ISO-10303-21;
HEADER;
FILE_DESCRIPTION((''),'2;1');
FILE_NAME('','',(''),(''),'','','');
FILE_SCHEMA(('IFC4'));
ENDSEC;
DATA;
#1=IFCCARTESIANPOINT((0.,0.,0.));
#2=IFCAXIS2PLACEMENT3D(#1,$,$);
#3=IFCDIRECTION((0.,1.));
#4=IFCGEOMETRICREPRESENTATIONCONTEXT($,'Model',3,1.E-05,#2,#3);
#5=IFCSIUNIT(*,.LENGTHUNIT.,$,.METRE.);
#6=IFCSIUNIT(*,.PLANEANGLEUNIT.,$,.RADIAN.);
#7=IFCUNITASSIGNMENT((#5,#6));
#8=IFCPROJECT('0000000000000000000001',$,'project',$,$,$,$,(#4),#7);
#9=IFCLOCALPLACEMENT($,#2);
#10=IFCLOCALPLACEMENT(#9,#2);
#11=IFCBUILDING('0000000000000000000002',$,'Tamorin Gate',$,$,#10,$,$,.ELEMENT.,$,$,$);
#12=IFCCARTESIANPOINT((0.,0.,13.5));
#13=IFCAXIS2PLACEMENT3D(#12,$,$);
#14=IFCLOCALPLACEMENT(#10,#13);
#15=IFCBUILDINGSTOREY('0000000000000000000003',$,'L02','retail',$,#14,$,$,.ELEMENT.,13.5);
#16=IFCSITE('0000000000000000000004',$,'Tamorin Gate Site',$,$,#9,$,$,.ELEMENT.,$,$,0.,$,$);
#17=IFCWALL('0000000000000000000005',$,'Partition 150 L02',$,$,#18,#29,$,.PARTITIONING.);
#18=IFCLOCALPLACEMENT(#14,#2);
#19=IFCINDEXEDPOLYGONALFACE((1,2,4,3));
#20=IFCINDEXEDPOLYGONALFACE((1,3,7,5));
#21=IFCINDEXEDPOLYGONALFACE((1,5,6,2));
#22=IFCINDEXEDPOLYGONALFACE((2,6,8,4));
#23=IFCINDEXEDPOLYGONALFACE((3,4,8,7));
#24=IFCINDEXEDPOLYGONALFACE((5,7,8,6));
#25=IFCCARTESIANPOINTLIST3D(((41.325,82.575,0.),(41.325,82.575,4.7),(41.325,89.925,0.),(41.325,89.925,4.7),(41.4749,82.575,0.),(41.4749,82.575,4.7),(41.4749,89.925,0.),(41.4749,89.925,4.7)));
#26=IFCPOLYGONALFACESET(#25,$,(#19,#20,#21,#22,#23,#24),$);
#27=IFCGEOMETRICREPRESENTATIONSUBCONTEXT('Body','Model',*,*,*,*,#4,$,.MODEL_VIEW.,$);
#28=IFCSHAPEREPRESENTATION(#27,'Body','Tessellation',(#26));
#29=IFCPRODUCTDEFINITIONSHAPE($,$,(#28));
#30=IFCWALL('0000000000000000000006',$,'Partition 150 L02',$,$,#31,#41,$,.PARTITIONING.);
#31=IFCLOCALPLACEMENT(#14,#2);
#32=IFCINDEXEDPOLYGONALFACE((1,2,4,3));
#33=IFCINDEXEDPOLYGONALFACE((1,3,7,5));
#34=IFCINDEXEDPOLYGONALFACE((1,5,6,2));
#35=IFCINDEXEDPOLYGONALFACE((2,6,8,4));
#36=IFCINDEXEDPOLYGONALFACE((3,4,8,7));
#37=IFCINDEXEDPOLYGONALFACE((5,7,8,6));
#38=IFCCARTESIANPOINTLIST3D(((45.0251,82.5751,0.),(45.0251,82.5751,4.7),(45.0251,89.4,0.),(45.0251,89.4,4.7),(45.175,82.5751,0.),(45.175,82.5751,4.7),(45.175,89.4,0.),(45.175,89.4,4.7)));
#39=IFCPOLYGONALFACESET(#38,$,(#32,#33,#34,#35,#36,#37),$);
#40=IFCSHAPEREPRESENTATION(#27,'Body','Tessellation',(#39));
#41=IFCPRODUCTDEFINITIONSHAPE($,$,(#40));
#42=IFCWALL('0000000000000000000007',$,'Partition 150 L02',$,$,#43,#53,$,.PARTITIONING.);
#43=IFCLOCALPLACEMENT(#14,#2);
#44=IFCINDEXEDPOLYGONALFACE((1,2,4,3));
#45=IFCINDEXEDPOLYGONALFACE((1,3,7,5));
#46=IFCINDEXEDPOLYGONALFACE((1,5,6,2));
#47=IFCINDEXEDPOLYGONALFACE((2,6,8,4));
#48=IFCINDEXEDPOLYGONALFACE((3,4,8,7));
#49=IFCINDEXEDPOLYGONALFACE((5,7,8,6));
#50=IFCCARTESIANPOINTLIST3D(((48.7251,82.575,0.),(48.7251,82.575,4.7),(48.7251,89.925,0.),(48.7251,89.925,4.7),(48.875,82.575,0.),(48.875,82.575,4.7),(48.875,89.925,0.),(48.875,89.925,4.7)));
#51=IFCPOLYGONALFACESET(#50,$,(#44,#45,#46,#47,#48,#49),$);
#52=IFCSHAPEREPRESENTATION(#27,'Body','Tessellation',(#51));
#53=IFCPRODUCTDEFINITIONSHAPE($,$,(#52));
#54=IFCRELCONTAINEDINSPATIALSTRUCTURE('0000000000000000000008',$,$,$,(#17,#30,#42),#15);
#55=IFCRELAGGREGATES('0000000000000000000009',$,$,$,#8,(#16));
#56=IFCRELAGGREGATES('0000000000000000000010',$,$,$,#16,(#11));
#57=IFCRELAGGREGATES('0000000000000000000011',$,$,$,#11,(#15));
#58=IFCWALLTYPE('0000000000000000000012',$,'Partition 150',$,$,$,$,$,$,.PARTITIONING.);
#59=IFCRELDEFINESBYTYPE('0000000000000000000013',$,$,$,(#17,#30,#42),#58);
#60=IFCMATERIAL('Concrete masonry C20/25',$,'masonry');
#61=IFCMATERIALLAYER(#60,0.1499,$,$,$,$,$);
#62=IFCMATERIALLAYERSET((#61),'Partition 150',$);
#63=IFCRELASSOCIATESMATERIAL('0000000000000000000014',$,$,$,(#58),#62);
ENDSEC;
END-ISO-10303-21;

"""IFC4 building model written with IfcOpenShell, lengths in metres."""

from ifc_helpers import new_model, si_unit, direction, frame, frame_2d, origin, place, context, subcontext, project, spatial, rectangle, extrude, material, layer, layer_set, type_object, element, save


model = new_model("IFC4")

# Units and contexts
model_context = context("Model", 3, precision=1e-05, world=origin(), true_north=direction((0.0, 1.0)))
body_context = subcontext(model_context, "Body", "Model", "MODEL_VIEW")
ifc_project = project(units=[si_unit("LENGTHUNIT", "METRE"), si_unit("PLANEANGLEUNIT", "RADIAN")], contexts=[model_context])

# Site, building, storey
site_placement = place(None, origin())
site = spatial("IfcSite", under=ifc_project, at=site_placement, Name="Tamorin Gate Site", CompositionType="ELEMENT", RefElevation=0.0)
building_placement = place(site_placement, origin())
building = spatial("IfcBuilding", under=site, at=building_placement, Name="Tamorin Gate", CompositionType="ELEMENT")
storey_placement = place(building_placement, frame((0.0, 0.0, 13.5)))
storey = spatial("IfcBuildingStorey", under=building, at=storey_placement, Name="L02", Description="retail", CompositionType="ELEMENT", Elevation=13.5)

# Shared definitions
ifc_material_1 = material(Name="Concrete masonry C20/25", Category="masonry")
ifc_layer_1 = layer(ifc_material_1, 0.1499)
ifc_layer_set_1 = layer_set([ifc_layer_1], Name="Partition 150")
wall_type_1 = type_object("IfcWallType", Name="Partition 150", PredefinedType="PARTITIONING", material=ifc_layer_set_1)

# Walls
wall_1_placement = place(storey_placement, frame((41.3999, 82.575, 0.0), z_axis=(0.0, 0.0, 1.0), x_axis=(0.0, 1.0, 0.0)))
element("IfcWall", 1, at=wall_1_placement, inside=storey, type_object=wall_type_1, Name="Partition 150 L02", PredefinedType="PARTITIONING", context=body_context, shape_type="SweptSolid", body=[
    extrude(rectangle(XDim=7.3501, YDim=0.1499, at=frame_2d((3.675, 0.0))), origin(), (0.0, 0.0, 1.0), 4.7),
])
wall_2_placement = place(storey_placement, frame((45.1001, 82.575, 0.0), z_axis=(0.0, 0.0, 1.0), x_axis=(0.0, 1.0, 0.0)))
element("IfcWall", 2, at=wall_2_placement, inside=storey, type_object=wall_type_1, Name="Partition 150 L02", PredefinedType="PARTITIONING", context=body_context, shape_type="SweptSolid", body=[
    extrude(rectangle(XDim=6.825, YDim=0.1499, at=frame_2d((3.4126, 0.0))), origin(), (0.0, 0.0, 1.0), 4.7),
])
wall_3_placement = place(storey_placement, frame((48.8, 82.575, 0.0), z_axis=(0.0, 0.0, 1.0), x_axis=(0.0, 1.0, 0.0)))
element("IfcWall", 3, at=wall_3_placement, inside=storey, type_object=wall_type_1, Name="Partition 150 L02", PredefinedType="PARTITIONING", context=body_context, shape_type="SweptSolid", body=[
    extrude(rectangle(XDim=7.3501, YDim=0.1499, at=frame_2d((3.675, 0.0))), origin(), (0.0, 0.0, 1.0), 4.7),
])

save(model, "model.ifc")
